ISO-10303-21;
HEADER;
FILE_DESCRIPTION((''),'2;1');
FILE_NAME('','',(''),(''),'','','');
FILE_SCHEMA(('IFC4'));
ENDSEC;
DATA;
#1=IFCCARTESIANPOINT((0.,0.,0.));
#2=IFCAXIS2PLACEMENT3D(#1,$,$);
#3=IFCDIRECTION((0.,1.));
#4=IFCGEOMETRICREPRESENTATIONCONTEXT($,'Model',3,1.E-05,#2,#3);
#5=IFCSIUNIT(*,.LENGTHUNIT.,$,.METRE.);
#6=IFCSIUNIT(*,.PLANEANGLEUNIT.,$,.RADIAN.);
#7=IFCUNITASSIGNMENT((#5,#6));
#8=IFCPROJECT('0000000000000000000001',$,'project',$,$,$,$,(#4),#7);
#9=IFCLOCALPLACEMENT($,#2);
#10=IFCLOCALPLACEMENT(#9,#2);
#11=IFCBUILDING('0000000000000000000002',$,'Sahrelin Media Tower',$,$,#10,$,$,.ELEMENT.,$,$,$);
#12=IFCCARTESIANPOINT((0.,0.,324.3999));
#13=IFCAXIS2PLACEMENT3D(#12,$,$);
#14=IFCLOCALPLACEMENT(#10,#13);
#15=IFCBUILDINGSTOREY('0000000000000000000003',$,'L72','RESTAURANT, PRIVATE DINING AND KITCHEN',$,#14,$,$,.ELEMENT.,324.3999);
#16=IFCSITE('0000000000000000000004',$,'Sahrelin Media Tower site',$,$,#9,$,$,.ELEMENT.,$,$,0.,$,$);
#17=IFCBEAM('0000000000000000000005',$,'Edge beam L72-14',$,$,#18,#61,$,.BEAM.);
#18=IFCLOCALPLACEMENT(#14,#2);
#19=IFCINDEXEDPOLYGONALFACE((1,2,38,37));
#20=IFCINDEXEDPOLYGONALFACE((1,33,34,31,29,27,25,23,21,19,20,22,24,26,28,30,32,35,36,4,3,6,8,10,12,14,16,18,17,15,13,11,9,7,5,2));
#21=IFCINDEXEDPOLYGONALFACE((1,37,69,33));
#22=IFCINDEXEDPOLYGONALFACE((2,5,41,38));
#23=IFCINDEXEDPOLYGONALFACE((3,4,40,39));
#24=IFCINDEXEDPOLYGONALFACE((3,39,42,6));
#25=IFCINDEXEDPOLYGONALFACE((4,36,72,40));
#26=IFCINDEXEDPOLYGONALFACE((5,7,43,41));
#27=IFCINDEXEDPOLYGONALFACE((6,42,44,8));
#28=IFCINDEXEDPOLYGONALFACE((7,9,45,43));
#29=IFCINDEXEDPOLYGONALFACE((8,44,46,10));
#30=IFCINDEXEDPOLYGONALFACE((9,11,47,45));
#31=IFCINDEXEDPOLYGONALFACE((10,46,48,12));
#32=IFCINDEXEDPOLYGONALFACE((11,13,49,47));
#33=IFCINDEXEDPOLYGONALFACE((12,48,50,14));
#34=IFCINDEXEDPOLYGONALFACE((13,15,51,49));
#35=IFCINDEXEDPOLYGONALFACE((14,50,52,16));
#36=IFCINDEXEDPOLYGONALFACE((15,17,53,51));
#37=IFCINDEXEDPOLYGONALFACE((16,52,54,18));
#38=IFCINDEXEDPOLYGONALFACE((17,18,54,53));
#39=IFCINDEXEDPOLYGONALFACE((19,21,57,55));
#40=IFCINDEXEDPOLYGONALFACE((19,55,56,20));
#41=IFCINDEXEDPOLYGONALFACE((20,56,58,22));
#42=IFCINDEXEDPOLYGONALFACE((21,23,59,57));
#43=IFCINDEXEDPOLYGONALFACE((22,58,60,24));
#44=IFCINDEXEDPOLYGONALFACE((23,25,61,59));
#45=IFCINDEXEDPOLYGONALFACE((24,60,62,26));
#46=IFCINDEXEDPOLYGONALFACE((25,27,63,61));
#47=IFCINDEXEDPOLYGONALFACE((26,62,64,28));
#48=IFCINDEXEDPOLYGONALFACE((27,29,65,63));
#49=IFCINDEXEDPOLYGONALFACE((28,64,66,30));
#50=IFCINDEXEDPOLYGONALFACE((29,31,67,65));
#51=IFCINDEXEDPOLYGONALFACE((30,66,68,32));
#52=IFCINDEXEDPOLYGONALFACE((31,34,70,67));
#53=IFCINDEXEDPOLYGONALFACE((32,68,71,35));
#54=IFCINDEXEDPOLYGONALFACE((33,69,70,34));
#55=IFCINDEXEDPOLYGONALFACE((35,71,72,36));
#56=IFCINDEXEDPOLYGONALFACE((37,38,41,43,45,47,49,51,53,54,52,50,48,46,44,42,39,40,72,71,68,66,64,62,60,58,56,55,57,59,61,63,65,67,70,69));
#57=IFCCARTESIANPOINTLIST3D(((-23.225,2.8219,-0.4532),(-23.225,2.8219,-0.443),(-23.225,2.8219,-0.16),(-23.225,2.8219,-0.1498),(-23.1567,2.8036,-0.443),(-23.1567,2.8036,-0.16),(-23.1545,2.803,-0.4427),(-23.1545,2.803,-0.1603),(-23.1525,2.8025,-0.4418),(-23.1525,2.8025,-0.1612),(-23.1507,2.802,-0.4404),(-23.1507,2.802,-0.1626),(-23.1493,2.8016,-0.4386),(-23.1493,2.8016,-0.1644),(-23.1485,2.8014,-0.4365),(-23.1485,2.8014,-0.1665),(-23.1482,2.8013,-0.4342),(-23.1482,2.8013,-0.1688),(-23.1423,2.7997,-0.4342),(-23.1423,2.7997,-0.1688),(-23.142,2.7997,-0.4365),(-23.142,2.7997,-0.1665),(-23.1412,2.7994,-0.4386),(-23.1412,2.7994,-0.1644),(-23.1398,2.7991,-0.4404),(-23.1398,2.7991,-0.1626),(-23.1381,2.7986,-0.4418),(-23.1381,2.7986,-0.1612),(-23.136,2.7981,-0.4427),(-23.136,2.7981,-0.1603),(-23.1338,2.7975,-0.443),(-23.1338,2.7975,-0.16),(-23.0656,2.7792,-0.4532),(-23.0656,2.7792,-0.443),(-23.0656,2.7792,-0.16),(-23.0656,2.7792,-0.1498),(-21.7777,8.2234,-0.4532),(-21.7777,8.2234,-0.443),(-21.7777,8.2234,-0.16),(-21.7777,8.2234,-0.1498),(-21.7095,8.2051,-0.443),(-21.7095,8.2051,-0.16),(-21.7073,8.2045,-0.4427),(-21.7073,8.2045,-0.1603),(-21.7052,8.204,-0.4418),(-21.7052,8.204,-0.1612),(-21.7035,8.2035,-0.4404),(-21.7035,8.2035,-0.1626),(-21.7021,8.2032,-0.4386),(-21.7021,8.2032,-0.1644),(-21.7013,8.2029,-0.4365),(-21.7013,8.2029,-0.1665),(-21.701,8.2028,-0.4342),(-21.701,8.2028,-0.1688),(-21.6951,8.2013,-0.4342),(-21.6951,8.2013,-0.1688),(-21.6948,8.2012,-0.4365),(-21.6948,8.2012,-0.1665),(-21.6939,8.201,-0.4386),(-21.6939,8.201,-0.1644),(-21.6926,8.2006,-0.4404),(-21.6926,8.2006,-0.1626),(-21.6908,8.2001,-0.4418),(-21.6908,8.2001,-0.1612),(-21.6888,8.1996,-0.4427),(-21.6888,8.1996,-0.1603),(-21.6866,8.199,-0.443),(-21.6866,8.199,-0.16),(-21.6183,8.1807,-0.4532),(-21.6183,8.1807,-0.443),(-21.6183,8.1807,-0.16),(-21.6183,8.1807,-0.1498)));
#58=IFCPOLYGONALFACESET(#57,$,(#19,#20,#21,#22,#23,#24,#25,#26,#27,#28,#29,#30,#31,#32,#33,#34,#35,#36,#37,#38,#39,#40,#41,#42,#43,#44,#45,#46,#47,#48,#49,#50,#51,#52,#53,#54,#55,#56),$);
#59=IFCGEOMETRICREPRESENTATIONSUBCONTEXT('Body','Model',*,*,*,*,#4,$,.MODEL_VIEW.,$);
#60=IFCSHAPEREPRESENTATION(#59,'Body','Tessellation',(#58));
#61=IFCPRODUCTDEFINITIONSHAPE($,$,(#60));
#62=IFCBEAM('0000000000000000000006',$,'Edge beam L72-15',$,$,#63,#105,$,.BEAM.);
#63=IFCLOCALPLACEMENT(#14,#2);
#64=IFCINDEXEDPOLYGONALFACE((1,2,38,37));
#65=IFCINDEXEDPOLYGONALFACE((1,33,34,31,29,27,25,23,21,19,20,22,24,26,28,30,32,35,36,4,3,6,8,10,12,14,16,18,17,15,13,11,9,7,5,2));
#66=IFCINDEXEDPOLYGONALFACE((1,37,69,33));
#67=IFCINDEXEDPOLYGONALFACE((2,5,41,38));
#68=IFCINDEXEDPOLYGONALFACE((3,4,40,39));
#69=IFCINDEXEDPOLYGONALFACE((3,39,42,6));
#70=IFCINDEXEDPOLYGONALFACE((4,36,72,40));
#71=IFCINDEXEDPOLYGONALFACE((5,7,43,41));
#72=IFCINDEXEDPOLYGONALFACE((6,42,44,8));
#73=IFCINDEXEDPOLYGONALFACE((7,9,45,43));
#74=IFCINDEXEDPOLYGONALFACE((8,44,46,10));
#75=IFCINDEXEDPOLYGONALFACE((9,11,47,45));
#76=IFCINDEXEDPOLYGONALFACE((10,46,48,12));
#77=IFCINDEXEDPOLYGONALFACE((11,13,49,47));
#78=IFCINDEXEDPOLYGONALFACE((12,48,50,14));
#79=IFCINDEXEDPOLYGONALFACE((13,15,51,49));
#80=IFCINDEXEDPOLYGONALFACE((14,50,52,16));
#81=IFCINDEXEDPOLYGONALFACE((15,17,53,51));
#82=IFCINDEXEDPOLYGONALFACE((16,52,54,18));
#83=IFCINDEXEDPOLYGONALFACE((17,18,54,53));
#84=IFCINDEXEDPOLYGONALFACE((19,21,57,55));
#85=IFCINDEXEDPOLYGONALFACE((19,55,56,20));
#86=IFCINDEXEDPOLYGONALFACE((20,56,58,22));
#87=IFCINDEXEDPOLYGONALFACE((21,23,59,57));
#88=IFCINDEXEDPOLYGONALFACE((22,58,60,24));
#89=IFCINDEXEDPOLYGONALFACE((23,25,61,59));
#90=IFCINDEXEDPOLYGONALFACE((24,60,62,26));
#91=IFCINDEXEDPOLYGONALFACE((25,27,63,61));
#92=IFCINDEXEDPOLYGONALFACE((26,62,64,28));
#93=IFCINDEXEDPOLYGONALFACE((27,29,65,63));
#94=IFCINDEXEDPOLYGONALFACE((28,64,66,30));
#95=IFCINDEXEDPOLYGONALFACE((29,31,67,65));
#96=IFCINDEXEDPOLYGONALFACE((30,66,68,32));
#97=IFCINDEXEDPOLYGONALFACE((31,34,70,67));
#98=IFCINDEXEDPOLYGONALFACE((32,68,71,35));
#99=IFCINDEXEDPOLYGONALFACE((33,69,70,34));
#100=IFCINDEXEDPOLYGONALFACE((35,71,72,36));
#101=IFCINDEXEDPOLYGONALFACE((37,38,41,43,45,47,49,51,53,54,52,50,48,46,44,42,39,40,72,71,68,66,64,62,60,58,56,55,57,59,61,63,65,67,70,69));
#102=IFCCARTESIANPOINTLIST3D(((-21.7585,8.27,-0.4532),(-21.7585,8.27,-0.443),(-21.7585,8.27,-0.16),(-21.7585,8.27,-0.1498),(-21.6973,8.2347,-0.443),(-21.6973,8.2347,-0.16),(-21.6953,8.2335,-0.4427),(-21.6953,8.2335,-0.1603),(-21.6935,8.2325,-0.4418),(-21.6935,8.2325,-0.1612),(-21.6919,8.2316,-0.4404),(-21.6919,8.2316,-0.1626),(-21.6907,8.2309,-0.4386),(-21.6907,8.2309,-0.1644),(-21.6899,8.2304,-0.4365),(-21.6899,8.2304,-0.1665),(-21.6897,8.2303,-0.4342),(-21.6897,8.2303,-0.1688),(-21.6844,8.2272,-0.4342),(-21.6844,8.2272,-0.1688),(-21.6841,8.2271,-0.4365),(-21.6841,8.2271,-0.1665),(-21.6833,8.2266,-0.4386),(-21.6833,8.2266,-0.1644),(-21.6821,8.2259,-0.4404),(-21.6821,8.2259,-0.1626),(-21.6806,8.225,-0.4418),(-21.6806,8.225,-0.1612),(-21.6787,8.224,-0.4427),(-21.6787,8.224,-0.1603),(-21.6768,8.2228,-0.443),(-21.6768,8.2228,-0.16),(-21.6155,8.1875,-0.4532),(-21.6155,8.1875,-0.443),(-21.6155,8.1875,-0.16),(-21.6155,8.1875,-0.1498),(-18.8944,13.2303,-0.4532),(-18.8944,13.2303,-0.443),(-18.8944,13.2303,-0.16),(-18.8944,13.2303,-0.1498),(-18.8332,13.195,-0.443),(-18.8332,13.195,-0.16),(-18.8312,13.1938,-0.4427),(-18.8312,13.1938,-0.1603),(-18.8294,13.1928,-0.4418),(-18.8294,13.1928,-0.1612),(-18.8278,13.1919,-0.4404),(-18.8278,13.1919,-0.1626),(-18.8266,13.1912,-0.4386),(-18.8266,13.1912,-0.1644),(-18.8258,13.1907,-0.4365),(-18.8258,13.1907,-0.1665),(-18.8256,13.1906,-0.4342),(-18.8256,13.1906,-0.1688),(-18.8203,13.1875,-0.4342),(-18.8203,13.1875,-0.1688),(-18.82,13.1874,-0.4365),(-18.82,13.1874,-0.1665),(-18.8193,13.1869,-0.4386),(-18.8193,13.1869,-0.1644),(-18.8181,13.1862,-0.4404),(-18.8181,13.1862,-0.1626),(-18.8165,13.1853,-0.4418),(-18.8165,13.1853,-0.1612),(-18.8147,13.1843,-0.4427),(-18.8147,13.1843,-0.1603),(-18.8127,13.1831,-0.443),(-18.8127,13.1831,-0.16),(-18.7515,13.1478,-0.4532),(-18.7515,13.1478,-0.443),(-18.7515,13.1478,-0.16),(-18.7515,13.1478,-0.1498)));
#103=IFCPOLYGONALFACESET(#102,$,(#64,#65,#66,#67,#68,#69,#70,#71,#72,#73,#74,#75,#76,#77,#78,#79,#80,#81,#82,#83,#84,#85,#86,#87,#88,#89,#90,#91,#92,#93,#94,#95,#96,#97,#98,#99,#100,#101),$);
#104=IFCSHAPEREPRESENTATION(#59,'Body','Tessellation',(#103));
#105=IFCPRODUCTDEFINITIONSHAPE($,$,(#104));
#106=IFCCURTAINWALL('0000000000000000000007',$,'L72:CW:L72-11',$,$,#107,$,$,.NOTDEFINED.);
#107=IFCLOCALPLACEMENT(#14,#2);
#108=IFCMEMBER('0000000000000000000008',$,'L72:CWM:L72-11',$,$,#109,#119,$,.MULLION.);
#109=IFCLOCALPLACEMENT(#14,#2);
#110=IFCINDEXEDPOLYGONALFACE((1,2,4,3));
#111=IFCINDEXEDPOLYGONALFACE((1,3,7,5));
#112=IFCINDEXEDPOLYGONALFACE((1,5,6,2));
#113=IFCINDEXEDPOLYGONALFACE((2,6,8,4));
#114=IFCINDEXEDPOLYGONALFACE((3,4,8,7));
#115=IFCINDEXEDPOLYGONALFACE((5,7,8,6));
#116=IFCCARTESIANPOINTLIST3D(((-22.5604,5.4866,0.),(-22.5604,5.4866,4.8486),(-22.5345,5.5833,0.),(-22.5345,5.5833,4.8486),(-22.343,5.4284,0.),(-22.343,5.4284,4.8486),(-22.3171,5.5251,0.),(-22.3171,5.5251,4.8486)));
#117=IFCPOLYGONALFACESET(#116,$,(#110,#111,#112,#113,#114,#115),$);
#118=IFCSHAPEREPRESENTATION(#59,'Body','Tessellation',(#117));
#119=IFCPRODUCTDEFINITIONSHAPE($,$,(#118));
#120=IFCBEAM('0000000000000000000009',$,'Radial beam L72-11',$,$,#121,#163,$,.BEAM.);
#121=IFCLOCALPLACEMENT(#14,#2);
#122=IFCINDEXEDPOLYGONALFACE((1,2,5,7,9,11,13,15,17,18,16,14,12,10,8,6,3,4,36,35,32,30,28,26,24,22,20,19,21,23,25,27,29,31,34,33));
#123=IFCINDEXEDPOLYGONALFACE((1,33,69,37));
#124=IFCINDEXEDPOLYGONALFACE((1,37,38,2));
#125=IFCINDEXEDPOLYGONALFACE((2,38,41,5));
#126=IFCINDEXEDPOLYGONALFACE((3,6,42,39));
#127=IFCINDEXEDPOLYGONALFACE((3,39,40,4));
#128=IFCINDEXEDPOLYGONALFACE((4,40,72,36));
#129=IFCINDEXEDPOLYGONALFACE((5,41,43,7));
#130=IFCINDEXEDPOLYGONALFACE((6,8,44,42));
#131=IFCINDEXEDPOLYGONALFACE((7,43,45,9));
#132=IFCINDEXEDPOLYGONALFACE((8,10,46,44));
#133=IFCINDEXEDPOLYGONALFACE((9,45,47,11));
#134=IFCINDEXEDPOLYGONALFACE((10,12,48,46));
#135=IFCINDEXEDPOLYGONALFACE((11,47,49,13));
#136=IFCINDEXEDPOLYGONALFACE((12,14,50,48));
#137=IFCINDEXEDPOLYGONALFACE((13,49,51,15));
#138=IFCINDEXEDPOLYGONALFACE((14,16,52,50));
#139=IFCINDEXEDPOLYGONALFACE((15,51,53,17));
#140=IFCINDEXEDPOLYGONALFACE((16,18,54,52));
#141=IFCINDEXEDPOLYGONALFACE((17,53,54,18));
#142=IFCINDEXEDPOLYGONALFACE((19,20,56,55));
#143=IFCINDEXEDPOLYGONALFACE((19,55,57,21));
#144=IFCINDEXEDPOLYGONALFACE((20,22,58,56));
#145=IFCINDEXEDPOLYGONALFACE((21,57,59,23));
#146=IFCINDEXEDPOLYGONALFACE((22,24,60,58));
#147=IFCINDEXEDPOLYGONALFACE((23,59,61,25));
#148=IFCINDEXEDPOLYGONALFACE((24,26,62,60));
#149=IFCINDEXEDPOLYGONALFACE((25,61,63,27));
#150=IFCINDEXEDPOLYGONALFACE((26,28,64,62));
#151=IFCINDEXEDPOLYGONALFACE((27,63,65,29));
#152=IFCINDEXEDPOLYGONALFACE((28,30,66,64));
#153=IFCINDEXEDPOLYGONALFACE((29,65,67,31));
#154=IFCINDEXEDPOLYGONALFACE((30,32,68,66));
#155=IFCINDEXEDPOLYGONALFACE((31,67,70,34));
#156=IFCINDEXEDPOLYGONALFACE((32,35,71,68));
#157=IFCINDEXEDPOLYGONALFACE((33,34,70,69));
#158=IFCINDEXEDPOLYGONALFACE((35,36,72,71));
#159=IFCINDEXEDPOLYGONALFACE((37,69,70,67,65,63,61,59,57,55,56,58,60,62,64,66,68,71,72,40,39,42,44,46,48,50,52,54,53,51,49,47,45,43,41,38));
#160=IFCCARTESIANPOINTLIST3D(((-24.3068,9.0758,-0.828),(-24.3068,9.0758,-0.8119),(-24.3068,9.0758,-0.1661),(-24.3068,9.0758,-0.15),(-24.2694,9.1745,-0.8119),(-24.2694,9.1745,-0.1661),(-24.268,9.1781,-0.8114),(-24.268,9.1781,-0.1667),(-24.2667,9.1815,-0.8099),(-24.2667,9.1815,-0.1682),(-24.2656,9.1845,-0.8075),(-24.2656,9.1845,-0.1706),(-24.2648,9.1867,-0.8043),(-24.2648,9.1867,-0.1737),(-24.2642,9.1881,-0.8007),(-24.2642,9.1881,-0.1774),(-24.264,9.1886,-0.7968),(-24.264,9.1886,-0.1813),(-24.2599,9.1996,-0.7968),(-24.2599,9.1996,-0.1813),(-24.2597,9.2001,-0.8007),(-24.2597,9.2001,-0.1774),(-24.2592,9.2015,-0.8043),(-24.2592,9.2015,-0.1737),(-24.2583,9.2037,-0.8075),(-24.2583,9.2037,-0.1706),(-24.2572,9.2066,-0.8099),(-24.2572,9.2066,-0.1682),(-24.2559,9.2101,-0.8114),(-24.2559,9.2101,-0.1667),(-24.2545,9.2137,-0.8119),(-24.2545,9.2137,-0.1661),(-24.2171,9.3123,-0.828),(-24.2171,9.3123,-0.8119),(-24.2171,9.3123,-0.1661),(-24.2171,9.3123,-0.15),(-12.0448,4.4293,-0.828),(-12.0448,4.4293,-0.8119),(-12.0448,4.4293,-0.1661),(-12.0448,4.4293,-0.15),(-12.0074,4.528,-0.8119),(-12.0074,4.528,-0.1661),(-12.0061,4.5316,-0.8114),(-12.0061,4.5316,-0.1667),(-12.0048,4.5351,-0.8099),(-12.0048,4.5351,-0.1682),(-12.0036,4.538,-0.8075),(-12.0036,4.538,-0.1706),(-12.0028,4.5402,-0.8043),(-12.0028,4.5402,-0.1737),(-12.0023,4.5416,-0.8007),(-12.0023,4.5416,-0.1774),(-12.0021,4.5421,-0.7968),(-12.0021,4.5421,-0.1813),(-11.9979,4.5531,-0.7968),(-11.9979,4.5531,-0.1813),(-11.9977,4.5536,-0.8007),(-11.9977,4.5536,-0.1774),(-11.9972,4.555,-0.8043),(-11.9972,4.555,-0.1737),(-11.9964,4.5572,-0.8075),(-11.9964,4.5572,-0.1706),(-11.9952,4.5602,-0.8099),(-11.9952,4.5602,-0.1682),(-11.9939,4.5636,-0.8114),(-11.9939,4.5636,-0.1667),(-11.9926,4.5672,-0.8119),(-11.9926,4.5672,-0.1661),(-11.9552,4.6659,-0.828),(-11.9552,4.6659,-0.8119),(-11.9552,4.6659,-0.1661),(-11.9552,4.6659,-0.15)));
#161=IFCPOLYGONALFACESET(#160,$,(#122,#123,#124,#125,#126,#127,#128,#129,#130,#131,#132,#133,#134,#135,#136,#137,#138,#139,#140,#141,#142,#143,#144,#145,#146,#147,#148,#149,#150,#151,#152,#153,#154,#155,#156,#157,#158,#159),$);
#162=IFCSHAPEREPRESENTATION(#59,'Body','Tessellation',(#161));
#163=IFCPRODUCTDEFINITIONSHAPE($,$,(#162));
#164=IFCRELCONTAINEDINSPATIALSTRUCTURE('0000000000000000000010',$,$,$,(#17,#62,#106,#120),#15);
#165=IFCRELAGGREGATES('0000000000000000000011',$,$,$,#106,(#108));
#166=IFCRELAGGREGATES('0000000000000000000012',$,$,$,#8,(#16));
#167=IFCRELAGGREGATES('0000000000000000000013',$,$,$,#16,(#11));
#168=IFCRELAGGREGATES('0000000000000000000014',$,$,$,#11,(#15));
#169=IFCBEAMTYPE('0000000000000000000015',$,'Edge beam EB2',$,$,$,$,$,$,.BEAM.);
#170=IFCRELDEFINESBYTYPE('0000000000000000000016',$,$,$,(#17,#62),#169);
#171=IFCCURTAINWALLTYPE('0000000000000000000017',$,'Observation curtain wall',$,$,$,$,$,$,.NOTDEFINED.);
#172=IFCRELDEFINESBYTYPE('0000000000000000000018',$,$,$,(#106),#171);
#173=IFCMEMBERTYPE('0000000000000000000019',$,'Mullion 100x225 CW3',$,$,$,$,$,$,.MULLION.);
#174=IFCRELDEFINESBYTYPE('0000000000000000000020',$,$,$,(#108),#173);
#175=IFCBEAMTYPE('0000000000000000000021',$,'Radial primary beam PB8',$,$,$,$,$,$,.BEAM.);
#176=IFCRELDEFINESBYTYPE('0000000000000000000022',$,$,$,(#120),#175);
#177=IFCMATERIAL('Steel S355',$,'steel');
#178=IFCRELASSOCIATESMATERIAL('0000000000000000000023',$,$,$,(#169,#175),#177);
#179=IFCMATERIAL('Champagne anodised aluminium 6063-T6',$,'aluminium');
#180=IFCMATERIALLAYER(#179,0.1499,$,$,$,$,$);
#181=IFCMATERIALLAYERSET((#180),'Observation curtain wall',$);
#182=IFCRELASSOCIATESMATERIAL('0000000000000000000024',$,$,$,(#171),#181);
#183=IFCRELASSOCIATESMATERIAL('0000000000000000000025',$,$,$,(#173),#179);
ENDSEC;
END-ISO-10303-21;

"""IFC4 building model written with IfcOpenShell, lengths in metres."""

from ifc_helpers import new_model, si_unit, direction, frame, origin, origin_2d, place, context, subcontext, project, spatial, rectangle, i_section, extrude, material, layer, layer_set, material_profile, profile_set, type_object, element, aggregate, save


model = new_model("IFC4")

# Units and contexts
model_context = context("Model", 3, precision=1e-05, world=origin(), true_north=direction((0.0, 1.0)))
body_context = subcontext(model_context, "Body", "Model", "MODEL_VIEW")
ifc_project = project(units=[si_unit("LENGTHUNIT", "METRE"), si_unit("PLANEANGLEUNIT", "RADIAN")], contexts=[model_context])

# Site, building, storey
site_placement = place(None, origin())
site = spatial("IfcSite", under=ifc_project, at=site_placement, Name="Sahrelin Media Tower site", CompositionType="ELEMENT", RefElevation=0.0)
building_placement = place(site_placement, origin())
building = spatial("IfcBuilding", under=site, at=building_placement, Name="Sahrelin Media Tower", CompositionType="ELEMENT")
storey_placement = place(building_placement, frame((0.0, 0.0, 324.3999)))
storey = spatial("IfcBuildingStorey", under=building, at=storey_placement, Name="L72", Description="RESTAURANT, PRIVATE DINING AND KITCHEN", CompositionType="ELEMENT", Elevation=324.3999)

# Beams
ifc_material_1 = material(Name="Steel S355", Category="steel")
ifc_material_profile_1 = material_profile(ifc_material_1, i_section(OverallWidth=0.165, OverallDepth=0.3035, WebThickness=0.0061, FlangeThickness=0.0103, FilletRadius=0.0088, at=origin_2d()), Name="UB 305x165x40")
ifc_profile_set_1 = profile_set([ifc_material_profile_1], Name="Steel S355")
beam_type_1 = type_object("IfcBeamType", Name="Edge beam EB2", PredefinedType="BEAM", material=ifc_profile_set_1)
beam_1_placement = place(storey_placement, frame((-23.1453, 2.8005, -0.3015), z_axis=(0.258804, 0.96593, 0.0), x_axis=(-0.96593, 0.258804, 0.0)))
element("IfcBeam", 1, at=beam_1_placement, inside=storey, type_object=beam_type_1, Name="Edge beam L72-14", PredefinedType="BEAM", context=body_context, shape_type="SweptSolid", body=[
    extrude(i_section(OverallWidth=0.165, OverallDepth=0.3035, WebThickness=0.0061, FlangeThickness=0.0103, FilletRadius=0.0088, at=origin_2d()), origin(), (0.0, 0.0, 1.0), 5.592),
])
beam_2_placement = place(storey_placement, frame((-21.687, 8.2288, -0.3015), z_axis=(0.500031, 0.866007, 0.0), x_axis=(-0.866007, 0.500031, 0.0)))
element("IfcBeam", 2, at=beam_2_placement, inside=storey, type_object=beam_type_1, Name="Edge beam L72-15", PredefinedType="BEAM", context=body_context, shape_type="SweptSolid", body=[
    extrude(i_section(OverallWidth=0.165, OverallDepth=0.3035, WebThickness=0.0061, FlangeThickness=0.0103, FilletRadius=0.0088, at=origin_2d()), origin(), (0.0, 0.0, 1.0), 5.7278),
])

# Curtain wall, member
ifc_material_2 = material(Name="Champagne anodised aluminium 6063-T6", Category="aluminium")
ifc_layer_1 = layer(ifc_material_2, 0.1499)
ifc_layer_set_1 = layer_set([ifc_layer_1], Name="Observation curtain wall")
curtain_wall_type = type_object("IfcCurtainWallType", Name="Observation curtain wall", PredefinedType="NOTDEFINED", material=ifc_layer_set_1)
curtain_wall_1_placement = place(storey_placement, frame((-22.5664, 5.5403, 0.0), z_axis=(0.0, 0.0, 1.0), x_axis=(1.0, 0.0, 0.0)))
curtain_wall_1 = element("IfcCurtainWall", 3, at=curtain_wall_1_placement, inside=storey, type_object=curtain_wall_type, Name="L72:CW:L72-11", PredefinedType="NOTDEFINED")
ifc_material_profile_2 = material_profile(ifc_material_2, rectangle(XDim=0.1001, YDim=0.2251, at=origin_2d()), Name="Mullion 100x225")
ifc_profile_set_2 = profile_set([ifc_material_profile_2], Name="Champagne anodised aluminium 6063-T6")
member_type_1 = type_object("IfcMemberType", Name="Mullion 100x225 CW3", PredefinedType="MULLION", material=ifc_profile_set_2)
member_1_placement = place(storey_placement, frame((-22.4387, 5.5059, 0.0), z_axis=(0.0, 0.0, 1.0), x_axis=(-0.258816, -0.965927, 0.0)))
member_1 = element("IfcMember", 4, at=member_1_placement, type_object=member_type_1, Name="L72:CWM:L72-11", PredefinedType="MULLION", context=body_context, shape_type="SweptSolid", body=[
    extrude(rectangle(XDim=0.1001, YDim=0.2251, at=origin_2d()), origin(), (0.0, 0.0, 1.0), 4.8486),
])

# Beam
ifc_material_profile_3 = material_profile(ifc_material_1, i_section(OverallWidth=0.2529, OverallDepth=0.678, WebThickness=0.0117, FlangeThickness=0.0161, FilletRadius=0.0151, at=origin_2d()), Name="UB 686x254x125")
ifc_profile_set_3 = profile_set([ifc_material_profile_3], Name="Steel S355")
beam_type_2 = type_object("IfcBeamType", Name="Radial primary beam PB8", PredefinedType="BEAM", material=ifc_profile_set_3)
beam_3_placement = place(storey_placement, frame((-12.0, 4.5476, -0.489), z_axis=(-0.935114, 0.354347, 0.0), x_axis=(-0.354347, -0.935114, 0.0)))
element("IfcBeam", 5, at=beam_3_placement, inside=storey, type_object=beam_type_2, Name="Radial beam L72-11", PredefinedType="BEAM", context=body_context, shape_type="SweptSolid", body=[
    extrude(i_section(OverallWidth=0.2529, OverallDepth=0.678, WebThickness=0.0117, FlangeThickness=0.0161, FilletRadius=0.0151, at=origin_2d()), origin(), (0.0, 0.0, 1.0), 13.1128),
])

aggregate(curtain_wall_1, [member_1])

save(model, "model.ifc")
